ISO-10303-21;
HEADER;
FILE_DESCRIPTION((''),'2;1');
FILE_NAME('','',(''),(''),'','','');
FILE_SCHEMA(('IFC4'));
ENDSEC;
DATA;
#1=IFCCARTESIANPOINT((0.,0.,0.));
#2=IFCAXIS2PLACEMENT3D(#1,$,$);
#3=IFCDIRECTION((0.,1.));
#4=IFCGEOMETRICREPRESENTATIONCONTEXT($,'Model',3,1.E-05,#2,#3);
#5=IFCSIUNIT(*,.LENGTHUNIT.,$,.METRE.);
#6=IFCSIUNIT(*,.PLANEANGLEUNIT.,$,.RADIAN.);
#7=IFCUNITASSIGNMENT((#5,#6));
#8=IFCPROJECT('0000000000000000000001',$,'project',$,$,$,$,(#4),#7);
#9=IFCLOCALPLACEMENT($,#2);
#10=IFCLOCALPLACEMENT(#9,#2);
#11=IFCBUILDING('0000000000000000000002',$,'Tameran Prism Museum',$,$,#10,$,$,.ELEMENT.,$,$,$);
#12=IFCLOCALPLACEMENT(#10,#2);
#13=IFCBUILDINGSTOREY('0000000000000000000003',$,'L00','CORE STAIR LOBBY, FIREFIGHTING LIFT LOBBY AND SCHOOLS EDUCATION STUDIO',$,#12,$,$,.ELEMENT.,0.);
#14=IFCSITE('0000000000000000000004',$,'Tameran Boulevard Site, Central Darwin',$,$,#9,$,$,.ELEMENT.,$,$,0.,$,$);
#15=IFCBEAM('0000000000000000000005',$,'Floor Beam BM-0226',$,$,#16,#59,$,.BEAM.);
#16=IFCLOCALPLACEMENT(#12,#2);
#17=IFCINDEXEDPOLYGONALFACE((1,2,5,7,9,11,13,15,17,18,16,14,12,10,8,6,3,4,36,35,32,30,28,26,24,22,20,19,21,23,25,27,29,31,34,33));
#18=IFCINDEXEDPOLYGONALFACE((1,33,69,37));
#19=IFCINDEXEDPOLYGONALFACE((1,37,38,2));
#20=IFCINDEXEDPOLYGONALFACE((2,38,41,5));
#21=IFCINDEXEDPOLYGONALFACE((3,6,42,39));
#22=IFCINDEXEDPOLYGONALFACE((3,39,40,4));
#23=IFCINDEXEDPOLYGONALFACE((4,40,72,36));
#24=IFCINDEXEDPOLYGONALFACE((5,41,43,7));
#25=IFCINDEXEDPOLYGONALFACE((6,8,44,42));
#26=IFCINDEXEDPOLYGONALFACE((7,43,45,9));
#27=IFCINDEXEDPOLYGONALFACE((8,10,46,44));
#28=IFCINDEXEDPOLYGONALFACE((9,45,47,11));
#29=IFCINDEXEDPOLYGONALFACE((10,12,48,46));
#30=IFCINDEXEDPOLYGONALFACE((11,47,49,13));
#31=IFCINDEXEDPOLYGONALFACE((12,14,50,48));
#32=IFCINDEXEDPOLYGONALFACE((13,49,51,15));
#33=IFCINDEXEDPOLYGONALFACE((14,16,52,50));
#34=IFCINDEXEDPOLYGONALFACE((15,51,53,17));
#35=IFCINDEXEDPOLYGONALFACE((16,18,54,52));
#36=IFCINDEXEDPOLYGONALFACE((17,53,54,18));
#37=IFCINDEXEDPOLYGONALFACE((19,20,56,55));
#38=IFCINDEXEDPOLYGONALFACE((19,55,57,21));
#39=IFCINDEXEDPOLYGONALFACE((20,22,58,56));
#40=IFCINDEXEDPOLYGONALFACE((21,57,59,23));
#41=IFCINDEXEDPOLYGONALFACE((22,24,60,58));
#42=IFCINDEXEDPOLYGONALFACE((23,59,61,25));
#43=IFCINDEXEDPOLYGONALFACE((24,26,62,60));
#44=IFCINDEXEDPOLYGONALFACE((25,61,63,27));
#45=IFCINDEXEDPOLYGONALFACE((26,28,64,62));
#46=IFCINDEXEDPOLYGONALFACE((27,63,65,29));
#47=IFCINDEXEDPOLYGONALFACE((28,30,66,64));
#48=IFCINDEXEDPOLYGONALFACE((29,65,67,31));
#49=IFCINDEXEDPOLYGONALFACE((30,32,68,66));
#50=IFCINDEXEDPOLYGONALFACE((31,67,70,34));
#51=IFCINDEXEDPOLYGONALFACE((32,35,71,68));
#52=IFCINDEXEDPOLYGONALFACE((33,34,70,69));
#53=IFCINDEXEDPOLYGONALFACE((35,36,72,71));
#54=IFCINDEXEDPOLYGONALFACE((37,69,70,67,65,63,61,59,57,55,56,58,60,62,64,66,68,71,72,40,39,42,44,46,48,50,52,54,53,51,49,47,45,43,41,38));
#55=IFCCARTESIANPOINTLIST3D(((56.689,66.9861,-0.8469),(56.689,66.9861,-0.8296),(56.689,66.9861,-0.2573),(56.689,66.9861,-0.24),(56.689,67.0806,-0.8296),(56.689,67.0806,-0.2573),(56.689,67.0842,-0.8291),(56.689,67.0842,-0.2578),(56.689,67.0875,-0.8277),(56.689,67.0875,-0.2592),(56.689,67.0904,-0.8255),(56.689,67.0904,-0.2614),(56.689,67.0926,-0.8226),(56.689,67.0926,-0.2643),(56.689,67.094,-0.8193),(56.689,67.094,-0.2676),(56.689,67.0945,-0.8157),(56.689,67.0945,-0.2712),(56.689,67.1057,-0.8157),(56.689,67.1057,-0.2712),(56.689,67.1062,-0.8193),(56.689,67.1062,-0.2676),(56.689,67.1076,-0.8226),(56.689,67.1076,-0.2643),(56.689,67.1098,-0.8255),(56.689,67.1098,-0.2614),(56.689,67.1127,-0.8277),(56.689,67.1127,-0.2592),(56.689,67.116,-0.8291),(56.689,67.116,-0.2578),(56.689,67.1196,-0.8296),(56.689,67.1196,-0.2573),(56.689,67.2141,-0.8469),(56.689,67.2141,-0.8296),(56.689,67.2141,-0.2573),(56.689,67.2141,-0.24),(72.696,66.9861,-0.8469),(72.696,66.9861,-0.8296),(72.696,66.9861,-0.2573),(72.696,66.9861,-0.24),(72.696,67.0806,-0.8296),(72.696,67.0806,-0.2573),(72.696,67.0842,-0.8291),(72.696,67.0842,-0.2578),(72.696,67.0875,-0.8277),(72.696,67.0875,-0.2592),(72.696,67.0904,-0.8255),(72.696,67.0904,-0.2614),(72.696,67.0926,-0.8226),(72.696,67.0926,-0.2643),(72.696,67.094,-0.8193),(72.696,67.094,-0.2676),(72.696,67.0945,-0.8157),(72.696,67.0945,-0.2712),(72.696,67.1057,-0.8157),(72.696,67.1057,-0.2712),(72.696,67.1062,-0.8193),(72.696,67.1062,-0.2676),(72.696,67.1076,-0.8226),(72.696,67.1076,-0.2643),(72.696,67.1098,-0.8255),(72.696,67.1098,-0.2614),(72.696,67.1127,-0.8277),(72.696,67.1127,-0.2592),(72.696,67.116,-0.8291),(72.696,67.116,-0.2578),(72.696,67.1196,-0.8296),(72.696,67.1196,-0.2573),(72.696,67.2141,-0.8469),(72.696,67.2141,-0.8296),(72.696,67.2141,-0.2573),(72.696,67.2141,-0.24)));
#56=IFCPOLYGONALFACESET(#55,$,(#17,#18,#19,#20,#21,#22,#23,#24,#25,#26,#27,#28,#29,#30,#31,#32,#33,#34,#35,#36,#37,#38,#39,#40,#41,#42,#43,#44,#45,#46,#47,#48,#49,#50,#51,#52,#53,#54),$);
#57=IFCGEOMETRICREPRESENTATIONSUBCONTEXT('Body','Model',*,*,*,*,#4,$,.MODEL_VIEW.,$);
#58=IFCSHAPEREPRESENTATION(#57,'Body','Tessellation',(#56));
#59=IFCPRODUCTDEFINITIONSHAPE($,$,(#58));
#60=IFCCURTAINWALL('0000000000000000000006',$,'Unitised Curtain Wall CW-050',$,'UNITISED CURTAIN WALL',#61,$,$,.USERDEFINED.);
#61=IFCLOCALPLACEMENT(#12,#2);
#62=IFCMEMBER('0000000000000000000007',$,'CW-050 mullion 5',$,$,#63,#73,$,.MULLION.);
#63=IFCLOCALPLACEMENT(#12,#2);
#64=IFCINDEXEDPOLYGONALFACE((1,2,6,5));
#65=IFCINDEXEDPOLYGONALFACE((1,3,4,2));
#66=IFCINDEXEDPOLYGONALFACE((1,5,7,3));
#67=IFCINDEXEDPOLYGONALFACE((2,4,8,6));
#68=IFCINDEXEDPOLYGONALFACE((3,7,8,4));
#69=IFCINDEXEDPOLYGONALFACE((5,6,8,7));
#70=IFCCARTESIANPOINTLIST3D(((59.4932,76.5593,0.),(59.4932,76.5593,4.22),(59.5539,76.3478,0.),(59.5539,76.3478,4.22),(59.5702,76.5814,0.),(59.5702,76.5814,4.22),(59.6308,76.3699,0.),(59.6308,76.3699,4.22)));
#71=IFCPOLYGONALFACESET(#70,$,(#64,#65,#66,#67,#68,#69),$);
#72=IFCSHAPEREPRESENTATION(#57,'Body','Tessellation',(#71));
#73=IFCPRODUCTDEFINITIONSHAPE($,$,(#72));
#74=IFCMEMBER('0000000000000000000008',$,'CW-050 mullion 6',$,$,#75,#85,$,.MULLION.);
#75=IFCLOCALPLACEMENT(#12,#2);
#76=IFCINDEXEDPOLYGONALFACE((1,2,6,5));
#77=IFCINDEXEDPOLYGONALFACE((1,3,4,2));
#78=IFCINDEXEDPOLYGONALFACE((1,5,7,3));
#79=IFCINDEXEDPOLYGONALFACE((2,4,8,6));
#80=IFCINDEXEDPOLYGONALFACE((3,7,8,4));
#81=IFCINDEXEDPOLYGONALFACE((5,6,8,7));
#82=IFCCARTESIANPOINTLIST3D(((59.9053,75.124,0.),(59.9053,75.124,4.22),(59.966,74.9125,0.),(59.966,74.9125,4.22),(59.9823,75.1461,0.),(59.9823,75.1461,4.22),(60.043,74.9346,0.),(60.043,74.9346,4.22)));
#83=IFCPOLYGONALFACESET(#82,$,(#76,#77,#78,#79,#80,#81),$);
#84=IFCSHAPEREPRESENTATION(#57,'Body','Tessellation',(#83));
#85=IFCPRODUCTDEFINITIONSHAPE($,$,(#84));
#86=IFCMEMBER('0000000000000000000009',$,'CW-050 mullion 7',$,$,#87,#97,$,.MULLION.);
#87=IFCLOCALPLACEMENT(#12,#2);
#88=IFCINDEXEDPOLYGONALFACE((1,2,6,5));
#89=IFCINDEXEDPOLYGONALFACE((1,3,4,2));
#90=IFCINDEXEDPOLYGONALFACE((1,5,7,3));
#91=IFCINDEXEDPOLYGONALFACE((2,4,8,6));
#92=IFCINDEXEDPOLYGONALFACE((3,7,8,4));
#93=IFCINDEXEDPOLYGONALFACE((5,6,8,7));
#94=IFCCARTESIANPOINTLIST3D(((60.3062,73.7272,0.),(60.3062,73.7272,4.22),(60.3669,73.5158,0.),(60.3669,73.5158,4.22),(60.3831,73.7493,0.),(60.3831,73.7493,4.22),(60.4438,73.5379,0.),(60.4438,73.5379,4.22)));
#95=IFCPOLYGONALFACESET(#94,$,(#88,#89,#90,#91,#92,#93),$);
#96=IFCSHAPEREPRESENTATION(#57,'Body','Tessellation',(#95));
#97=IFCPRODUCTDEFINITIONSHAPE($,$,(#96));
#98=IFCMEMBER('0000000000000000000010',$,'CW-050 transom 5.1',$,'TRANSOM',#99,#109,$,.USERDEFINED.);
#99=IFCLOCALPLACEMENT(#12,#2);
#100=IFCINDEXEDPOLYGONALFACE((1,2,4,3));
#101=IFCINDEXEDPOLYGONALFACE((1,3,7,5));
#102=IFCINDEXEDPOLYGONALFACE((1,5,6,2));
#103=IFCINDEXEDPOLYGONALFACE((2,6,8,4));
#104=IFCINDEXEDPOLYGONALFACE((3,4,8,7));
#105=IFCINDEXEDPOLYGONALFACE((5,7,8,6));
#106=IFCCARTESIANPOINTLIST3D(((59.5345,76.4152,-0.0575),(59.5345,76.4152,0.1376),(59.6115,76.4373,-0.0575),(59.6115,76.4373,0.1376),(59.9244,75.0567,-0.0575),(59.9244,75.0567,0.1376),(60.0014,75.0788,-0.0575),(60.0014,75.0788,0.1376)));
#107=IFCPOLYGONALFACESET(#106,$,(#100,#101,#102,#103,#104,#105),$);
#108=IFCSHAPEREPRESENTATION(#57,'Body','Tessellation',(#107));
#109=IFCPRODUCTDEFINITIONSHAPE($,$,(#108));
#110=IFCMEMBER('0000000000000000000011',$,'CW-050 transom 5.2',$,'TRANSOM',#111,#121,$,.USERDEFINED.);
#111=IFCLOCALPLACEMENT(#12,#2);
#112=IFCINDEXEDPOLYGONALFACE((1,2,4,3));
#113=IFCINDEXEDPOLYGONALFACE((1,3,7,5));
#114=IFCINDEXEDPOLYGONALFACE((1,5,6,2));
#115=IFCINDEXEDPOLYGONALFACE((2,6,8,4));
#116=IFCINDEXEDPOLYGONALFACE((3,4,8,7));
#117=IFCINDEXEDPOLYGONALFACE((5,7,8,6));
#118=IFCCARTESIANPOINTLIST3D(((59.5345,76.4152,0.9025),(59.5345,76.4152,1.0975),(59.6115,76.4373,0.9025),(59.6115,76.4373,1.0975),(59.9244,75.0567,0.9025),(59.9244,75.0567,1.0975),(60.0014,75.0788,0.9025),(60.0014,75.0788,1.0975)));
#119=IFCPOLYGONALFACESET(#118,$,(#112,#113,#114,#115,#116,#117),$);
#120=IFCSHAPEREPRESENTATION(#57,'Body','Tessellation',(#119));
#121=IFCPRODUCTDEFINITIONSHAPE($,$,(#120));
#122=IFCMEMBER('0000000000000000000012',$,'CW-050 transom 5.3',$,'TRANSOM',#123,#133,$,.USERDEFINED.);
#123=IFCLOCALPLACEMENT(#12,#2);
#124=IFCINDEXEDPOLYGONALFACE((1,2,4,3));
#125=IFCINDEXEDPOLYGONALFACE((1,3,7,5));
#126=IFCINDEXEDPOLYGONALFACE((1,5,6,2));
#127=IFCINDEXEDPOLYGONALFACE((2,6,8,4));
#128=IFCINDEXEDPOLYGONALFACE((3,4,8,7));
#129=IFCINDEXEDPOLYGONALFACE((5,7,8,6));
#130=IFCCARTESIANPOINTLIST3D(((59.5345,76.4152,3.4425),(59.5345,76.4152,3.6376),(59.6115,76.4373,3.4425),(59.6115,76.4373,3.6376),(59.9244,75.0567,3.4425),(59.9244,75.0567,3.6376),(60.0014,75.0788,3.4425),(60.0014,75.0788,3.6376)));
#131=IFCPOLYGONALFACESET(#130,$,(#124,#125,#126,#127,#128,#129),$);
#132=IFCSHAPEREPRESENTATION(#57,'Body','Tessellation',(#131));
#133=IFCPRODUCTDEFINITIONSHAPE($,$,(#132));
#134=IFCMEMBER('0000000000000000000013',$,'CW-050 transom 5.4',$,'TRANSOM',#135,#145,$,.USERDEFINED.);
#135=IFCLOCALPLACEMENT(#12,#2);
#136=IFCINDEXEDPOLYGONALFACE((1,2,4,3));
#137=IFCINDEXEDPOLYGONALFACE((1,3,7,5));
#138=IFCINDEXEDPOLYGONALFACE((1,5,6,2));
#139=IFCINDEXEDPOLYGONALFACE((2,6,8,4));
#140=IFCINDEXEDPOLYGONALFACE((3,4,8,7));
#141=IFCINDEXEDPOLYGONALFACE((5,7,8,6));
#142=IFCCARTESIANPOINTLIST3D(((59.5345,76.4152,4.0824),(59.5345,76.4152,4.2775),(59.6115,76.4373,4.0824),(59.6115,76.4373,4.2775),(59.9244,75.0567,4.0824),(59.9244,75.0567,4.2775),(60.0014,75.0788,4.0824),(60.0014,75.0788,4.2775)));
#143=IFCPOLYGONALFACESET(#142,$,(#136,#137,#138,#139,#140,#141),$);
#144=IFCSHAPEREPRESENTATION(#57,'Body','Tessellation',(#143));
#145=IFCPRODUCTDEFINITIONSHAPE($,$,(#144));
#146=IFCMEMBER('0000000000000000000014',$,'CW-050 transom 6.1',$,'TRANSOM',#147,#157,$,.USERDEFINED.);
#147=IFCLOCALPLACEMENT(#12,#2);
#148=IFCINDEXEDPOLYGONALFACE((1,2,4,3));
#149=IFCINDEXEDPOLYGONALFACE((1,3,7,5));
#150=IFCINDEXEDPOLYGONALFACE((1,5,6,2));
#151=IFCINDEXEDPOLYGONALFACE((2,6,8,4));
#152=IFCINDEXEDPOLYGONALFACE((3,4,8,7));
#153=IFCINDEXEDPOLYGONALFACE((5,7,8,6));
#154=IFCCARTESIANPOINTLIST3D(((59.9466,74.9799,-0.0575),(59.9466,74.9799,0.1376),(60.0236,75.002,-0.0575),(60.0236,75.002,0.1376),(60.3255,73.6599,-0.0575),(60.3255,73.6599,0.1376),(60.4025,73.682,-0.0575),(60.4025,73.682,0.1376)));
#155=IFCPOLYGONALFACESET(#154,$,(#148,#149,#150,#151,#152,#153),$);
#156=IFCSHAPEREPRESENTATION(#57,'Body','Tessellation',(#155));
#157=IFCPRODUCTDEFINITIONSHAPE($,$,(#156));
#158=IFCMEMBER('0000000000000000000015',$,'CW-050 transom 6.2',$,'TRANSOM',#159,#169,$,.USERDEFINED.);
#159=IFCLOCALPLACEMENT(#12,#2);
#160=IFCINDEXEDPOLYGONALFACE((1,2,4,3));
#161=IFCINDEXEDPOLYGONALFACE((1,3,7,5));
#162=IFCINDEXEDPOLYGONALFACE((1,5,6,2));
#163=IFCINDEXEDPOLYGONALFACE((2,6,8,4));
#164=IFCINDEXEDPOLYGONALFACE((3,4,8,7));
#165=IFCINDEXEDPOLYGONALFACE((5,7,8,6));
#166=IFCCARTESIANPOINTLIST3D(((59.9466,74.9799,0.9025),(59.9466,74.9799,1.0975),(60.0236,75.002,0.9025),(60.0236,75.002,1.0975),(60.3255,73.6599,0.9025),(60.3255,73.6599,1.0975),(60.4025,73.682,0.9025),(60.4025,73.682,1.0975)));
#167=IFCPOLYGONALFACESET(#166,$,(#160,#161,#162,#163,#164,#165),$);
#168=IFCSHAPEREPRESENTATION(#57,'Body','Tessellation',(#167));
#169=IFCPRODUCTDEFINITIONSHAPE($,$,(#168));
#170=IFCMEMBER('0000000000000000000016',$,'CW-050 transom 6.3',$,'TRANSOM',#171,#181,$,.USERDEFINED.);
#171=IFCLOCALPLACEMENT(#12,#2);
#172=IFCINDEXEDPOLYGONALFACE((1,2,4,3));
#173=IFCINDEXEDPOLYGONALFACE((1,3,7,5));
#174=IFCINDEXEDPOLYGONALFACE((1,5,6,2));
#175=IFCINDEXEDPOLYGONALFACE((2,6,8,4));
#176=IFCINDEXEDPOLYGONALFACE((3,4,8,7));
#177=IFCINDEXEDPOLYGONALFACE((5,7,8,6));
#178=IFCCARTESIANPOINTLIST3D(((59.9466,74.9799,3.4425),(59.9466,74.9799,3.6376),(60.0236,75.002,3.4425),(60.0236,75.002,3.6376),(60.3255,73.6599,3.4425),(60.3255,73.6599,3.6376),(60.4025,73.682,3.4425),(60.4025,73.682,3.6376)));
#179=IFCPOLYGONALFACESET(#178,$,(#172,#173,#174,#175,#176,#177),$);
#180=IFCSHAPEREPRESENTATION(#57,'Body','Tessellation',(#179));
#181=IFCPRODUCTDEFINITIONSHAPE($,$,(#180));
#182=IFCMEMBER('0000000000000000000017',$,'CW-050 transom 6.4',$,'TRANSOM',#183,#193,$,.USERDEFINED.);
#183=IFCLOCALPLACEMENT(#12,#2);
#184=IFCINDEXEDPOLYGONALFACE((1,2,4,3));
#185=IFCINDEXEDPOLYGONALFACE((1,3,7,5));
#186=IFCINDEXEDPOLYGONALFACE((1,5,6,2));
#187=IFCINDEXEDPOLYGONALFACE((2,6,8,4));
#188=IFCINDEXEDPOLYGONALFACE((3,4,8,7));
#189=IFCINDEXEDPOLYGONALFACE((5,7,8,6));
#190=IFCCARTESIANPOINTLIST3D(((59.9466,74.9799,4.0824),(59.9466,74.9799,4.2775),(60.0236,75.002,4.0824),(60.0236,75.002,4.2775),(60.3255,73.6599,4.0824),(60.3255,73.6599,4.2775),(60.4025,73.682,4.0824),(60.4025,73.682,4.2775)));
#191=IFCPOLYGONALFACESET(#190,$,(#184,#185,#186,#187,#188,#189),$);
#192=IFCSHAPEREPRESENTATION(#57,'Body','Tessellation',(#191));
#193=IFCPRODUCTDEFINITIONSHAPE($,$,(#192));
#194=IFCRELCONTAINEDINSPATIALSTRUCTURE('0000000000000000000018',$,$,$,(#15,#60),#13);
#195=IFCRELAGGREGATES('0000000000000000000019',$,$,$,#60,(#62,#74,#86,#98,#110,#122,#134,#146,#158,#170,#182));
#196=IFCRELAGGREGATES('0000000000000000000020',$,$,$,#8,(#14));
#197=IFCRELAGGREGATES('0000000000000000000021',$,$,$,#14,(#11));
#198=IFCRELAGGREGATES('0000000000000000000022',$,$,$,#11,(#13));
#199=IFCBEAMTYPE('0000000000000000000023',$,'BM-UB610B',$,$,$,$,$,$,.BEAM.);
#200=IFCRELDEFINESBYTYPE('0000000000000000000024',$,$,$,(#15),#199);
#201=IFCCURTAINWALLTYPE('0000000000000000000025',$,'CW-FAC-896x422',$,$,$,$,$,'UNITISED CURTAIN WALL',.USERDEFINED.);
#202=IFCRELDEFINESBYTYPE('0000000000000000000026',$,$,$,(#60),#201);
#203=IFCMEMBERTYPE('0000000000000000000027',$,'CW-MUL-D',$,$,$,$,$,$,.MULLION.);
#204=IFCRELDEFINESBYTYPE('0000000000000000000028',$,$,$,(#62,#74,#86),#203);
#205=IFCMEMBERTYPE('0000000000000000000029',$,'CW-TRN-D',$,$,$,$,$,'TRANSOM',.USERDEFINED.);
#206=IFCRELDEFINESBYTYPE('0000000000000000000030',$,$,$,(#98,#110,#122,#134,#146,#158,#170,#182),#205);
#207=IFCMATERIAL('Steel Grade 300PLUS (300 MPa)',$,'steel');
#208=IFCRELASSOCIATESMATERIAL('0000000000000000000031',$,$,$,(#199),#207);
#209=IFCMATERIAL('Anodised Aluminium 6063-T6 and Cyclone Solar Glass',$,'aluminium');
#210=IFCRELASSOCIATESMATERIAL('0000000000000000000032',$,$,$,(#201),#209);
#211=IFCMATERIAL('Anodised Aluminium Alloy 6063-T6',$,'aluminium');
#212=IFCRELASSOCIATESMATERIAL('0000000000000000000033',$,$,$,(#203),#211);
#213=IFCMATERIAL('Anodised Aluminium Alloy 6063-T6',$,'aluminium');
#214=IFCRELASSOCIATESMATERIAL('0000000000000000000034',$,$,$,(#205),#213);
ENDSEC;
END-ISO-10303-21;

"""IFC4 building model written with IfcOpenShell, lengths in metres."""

from ifc_helpers import new_model, si_unit, direction, frame, origin, origin_2d, place, context, subcontext, project, spatial, rectangle, i_section, extrude, material, material_profile, profile_set, type_object, element, aggregate, save


model = new_model("IFC4")

# Units and contexts
model_context = context("Model", 3, precision=1e-05, world=origin(), true_north=direction((0.0, 1.0)))
body_context = subcontext(model_context, "Body", "Model", "MODEL_VIEW")
ifc_project = project(units=[si_unit("LENGTHUNIT", "METRE"), si_unit("PLANEANGLEUNIT", "RADIAN")], contexts=[model_context])

# Site, building, storey
site_placement = place(None, origin())
site = spatial("IfcSite", under=ifc_project, at=site_placement, Name="Tameran Boulevard Site, Central Darwin", CompositionType="ELEMENT", RefElevation=0.0)
building_placement = place(site_placement, origin())
building = spatial("IfcBuilding", under=site, at=building_placement, Name="Tameran Prism Museum", CompositionType="ELEMENT")
storey_placement = place(building_placement, origin())
storey = spatial("IfcBuildingStorey", under=building, at=storey_placement, Name="L00", Description="CORE STAIR LOBBY, FIREFIGHTING LIFT LOBBY AND SCHOOLS EDUCATION STUDIO", CompositionType="ELEMENT", Elevation=0.0)

# Beam
ifc_material_1 = material(Name="Steel Grade 300PLUS (300 MPa)", Category="steel")
ifc_material_profile_1 = material_profile(ifc_material_1, i_section(OverallWidth=0.228, OverallDepth=0.6069, WebThickness=0.0112, FlangeThickness=0.0173, FilletRadius=0.0139, at=origin_2d()))
ifc_profile_set_1 = profile_set([ifc_material_profile_1])
beam_type_1 = type_object("IfcBeamType", Name="BM-UB610B", PredefinedType="BEAM", material=ifc_profile_set_1)
beam_1_placement = place(storey_placement, frame((56.689, 67.1001, -0.5435), z_axis=(1.0, 0.0, 0.0), x_axis=(0.0, 1.0, 0.0)))
element("IfcBeam", 1, at=beam_1_placement, inside=storey, type_object=beam_type_1, Name="Floor Beam BM-0226", PredefinedType="BEAM", context=body_context, shape_type="SweptSolid", body=[
    extrude(i_section(OverallWidth=0.228, OverallDepth=0.6069, WebThickness=0.0112, FlangeThickness=0.0173, FilletRadius=0.0139, at=origin_2d()), origin(), (0.0, 0.0, 1.0), 16.0071),
])

# Curtain wall, members
ifc_material_2 = material(Name="Anodised Aluminium 6063-T6 and Cyclone Solar Glass", Category="aluminium")
curtain_wall_type = type_object("IfcCurtainWallType", Name="CW-FAC-896x422", ElementType="UNITISED CURTAIN WALL", PredefinedType="USERDEFINED", material=ifc_material_2)
curtain_wall_placement = place(storey_placement, origin())
curtain_wall = element("IfcCurtainWall", 2, at=curtain_wall_placement, inside=storey, type_object=curtain_wall_type, Name="Unitised Curtain Wall CW-050", ObjectType="UNITISED CURTAIN WALL", PredefinedType="USERDEFINED")
ifc_material_3 = material(Name="Anodised Aluminium Alloy 6063-T6", Category="aluminium")
ifc_material_profile_2 = material_profile(ifc_material_3, rectangle(XDim=0.0801, YDim=0.22, at=origin_2d()))
ifc_profile_set_2 = profile_set([ifc_material_profile_2])
member_type_1 = type_object("IfcMemberType", Name="CW-MUL-D", PredefinedType="MULLION", material=ifc_profile_set_2)
member_1_placement = place(storey_placement, frame((59.562, 76.4646, 0.0), z_axis=(0.0, 0.0, 1.0), x_axis=(0.961186, 0.2759, 0.0)))
member_1 = element("IfcMember", 3, at=member_1_placement, type_object=member_type_1, Name="CW-050 mullion 5", PredefinedType="MULLION", context=body_context, shape_type="SweptSolid", body=[
    extrude(rectangle(XDim=0.0801, YDim=0.22, at=origin_2d()), origin(), (0.0, 0.0, 1.0), 4.22),
])
member_2_placement = place(storey_placement, frame((59.9741, 75.0293, 0.0), z_axis=(0.0, 0.0, 1.0), x_axis=(0.961186, 0.2759, 0.0)))
member_2 = element("IfcMember", 4, at=member_2_placement, type_object=member_type_1, Name="CW-050 mullion 6", PredefinedType="MULLION", context=body_context, shape_type="SweptSolid", body=[
    extrude(rectangle(XDim=0.0801, YDim=0.22, at=origin_2d()), origin(), (0.0, 0.0, 1.0), 4.22),
])
member_3_placement = place(storey_placement, frame((60.375, 73.6326, 0.0), z_axis=(0.0, 0.0, 1.0), x_axis=(0.961186, 0.2759, 0.0)))
member_3 = element("IfcMember", 5, at=member_3_placement, type_object=member_type_1, Name="CW-050 mullion 7", PredefinedType="MULLION", context=body_context, shape_type="SweptSolid", body=[
    extrude(rectangle(XDim=0.0801, YDim=0.22, at=origin_2d()), origin(), (0.0, 0.0, 1.0), 4.22),
])
ifc_material_4 = material(Name="Anodised Aluminium Alloy 6063-T6", Category="aluminium")
ifc_material_profile_3 = material_profile(ifc_material_4, rectangle(XDim=0.0801, YDim=0.1951, at=origin_2d()))
ifc_profile_set_3 = profile_set([ifc_material_profile_3])
member_type_2 = type_object("IfcMemberType", Name="CW-TRN-D", ElementType="TRANSOM", PredefinedType="USERDEFINED", material=ifc_profile_set_3)
member_4_placement = place(storey_placement, frame((59.573, 76.4263, 0.04), z_axis=(0.275885, -0.961191, 0.0), x_axis=(0.961191, 0.275885, 0.0)))
member_4 = element("IfcMember", 6, at=member_4_placement, type_object=member_type_2, Name="CW-050 transom 5.1", ObjectType="TRANSOM", PredefinedType="USERDEFINED", context=body_context, shape_type="SweptSolid", body=[
    extrude(rectangle(XDim=0.0801, YDim=0.1951, at=origin_2d()), origin(), (0.0, 0.0, 1.0), 1.4133),
])
member_5_placement = place(storey_placement, frame((59.573, 76.4263, 1.0), z_axis=(0.275885, -0.961191, 0.0), x_axis=(0.961191, 0.275885, 0.0)))
member_5 = element("IfcMember", 7, at=member_5_placement, type_object=member_type_2, Name="CW-050 transom 5.2", ObjectType="TRANSOM", PredefinedType="USERDEFINED", context=body_context, shape_type="SweptSolid", body=[
    extrude(rectangle(XDim=0.0801, YDim=0.1951, at=origin_2d()), origin(), (0.0, 0.0, 1.0), 1.4133),
])
member_6_placement = place(storey_placement, frame((59.573, 76.4263, 3.54), z_axis=(0.275885, -0.961191, 0.0), x_axis=(0.961191, 0.275885, 0.0)))
member_6 = element("IfcMember", 8, at=member_6_placement, type_object=member_type_2, Name="CW-050 transom 5.3", ObjectType="TRANSOM", PredefinedType="USERDEFINED", context=body_context, shape_type="SweptSolid", body=[
    extrude(rectangle(XDim=0.0801, YDim=0.1951, at=origin_2d()), origin(), (0.0, 0.0, 1.0), 1.4133),
])
member_7_placement = place(storey_placement, frame((59.573, 76.4263, 4.1799), z_axis=(0.275885, -0.961191, 0.0), x_axis=(0.961191, 0.275885, 0.0)))
member_7 = element("IfcMember", 9, at=member_7_placement, type_object=member_type_2, Name="CW-050 transom 5.4", ObjectType="TRANSOM", PredefinedType="USERDEFINED", context=body_context, shape_type="SweptSolid", body=[
    extrude(rectangle(XDim=0.0801, YDim=0.1951, at=origin_2d()), origin(), (0.0, 0.0, 1.0), 1.4133),
])
member_8_placement = place(storey_placement, frame((59.9851, 74.991, 0.04), z_axis=(0.275895, -0.961188, 0.0), x_axis=(0.961188, 0.275895, 0.0)))
member_8 = element("IfcMember", 10, at=member_8_placement, type_object=member_type_2, Name="CW-050 transom 6.1", ObjectType="TRANSOM", PredefinedType="USERDEFINED", context=body_context, shape_type="SweptSolid", body=[
    extrude(rectangle(XDim=0.0801, YDim=0.1951, at=origin_2d()), origin(), (0.0, 0.0, 1.0), 1.3733),
])
member_9_placement = place(storey_placement, frame((59.9851, 74.991, 1.0), z_axis=(0.275895, -0.961188, 0.0), x_axis=(0.961188, 0.275895, 0.0)))
member_9 = element("IfcMember", 11, at=member_9_placement, type_object=member_type_2, Name="CW-050 transom 6.2", ObjectType="TRANSOM", PredefinedType="USERDEFINED", context=body_context, shape_type="SweptSolid", body=[
    extrude(rectangle(XDim=0.0801, YDim=0.1951, at=origin_2d()), origin(), (0.0, 0.0, 1.0), 1.3733),
])
member_10_placement = place(storey_placement, frame((59.9851, 74.991, 3.54), z_axis=(0.275895, -0.961188, 0.0), x_axis=(0.961188, 0.275895, 0.0)))
member_10 = element("IfcMember", 12, at=member_10_placement, type_object=member_type_2, Name="CW-050 transom 6.3", ObjectType="TRANSOM", PredefinedType="USERDEFINED", context=body_context, shape_type="SweptSolid", body=[
    extrude(rectangle(XDim=0.0801, YDim=0.1951, at=origin_2d()), origin(), (0.0, 0.0, 1.0), 1.3733),
])
member_11_placement = place(storey_placement, frame((59.9851, 74.991, 4.1799), z_axis=(0.275895, -0.961188, 0.0), x_axis=(0.961188, 0.275895, 0.0)))
member_11 = element("IfcMember", 13, at=member_11_placement, type_object=member_type_2, Name="CW-050 transom 6.4", ObjectType="TRANSOM", PredefinedType="USERDEFINED", context=body_context, shape_type="SweptSolid", body=[
    extrude(rectangle(XDim=0.0801, YDim=0.1951, at=origin_2d()), origin(), (0.0, 0.0, 1.0), 1.3733),
])
aggregate(curtain_wall, [member_1, member_2, member_3, member_4, member_5, member_6, member_7, member_8, member_9, member_10, member_11])

save(model, "model.ifc")
